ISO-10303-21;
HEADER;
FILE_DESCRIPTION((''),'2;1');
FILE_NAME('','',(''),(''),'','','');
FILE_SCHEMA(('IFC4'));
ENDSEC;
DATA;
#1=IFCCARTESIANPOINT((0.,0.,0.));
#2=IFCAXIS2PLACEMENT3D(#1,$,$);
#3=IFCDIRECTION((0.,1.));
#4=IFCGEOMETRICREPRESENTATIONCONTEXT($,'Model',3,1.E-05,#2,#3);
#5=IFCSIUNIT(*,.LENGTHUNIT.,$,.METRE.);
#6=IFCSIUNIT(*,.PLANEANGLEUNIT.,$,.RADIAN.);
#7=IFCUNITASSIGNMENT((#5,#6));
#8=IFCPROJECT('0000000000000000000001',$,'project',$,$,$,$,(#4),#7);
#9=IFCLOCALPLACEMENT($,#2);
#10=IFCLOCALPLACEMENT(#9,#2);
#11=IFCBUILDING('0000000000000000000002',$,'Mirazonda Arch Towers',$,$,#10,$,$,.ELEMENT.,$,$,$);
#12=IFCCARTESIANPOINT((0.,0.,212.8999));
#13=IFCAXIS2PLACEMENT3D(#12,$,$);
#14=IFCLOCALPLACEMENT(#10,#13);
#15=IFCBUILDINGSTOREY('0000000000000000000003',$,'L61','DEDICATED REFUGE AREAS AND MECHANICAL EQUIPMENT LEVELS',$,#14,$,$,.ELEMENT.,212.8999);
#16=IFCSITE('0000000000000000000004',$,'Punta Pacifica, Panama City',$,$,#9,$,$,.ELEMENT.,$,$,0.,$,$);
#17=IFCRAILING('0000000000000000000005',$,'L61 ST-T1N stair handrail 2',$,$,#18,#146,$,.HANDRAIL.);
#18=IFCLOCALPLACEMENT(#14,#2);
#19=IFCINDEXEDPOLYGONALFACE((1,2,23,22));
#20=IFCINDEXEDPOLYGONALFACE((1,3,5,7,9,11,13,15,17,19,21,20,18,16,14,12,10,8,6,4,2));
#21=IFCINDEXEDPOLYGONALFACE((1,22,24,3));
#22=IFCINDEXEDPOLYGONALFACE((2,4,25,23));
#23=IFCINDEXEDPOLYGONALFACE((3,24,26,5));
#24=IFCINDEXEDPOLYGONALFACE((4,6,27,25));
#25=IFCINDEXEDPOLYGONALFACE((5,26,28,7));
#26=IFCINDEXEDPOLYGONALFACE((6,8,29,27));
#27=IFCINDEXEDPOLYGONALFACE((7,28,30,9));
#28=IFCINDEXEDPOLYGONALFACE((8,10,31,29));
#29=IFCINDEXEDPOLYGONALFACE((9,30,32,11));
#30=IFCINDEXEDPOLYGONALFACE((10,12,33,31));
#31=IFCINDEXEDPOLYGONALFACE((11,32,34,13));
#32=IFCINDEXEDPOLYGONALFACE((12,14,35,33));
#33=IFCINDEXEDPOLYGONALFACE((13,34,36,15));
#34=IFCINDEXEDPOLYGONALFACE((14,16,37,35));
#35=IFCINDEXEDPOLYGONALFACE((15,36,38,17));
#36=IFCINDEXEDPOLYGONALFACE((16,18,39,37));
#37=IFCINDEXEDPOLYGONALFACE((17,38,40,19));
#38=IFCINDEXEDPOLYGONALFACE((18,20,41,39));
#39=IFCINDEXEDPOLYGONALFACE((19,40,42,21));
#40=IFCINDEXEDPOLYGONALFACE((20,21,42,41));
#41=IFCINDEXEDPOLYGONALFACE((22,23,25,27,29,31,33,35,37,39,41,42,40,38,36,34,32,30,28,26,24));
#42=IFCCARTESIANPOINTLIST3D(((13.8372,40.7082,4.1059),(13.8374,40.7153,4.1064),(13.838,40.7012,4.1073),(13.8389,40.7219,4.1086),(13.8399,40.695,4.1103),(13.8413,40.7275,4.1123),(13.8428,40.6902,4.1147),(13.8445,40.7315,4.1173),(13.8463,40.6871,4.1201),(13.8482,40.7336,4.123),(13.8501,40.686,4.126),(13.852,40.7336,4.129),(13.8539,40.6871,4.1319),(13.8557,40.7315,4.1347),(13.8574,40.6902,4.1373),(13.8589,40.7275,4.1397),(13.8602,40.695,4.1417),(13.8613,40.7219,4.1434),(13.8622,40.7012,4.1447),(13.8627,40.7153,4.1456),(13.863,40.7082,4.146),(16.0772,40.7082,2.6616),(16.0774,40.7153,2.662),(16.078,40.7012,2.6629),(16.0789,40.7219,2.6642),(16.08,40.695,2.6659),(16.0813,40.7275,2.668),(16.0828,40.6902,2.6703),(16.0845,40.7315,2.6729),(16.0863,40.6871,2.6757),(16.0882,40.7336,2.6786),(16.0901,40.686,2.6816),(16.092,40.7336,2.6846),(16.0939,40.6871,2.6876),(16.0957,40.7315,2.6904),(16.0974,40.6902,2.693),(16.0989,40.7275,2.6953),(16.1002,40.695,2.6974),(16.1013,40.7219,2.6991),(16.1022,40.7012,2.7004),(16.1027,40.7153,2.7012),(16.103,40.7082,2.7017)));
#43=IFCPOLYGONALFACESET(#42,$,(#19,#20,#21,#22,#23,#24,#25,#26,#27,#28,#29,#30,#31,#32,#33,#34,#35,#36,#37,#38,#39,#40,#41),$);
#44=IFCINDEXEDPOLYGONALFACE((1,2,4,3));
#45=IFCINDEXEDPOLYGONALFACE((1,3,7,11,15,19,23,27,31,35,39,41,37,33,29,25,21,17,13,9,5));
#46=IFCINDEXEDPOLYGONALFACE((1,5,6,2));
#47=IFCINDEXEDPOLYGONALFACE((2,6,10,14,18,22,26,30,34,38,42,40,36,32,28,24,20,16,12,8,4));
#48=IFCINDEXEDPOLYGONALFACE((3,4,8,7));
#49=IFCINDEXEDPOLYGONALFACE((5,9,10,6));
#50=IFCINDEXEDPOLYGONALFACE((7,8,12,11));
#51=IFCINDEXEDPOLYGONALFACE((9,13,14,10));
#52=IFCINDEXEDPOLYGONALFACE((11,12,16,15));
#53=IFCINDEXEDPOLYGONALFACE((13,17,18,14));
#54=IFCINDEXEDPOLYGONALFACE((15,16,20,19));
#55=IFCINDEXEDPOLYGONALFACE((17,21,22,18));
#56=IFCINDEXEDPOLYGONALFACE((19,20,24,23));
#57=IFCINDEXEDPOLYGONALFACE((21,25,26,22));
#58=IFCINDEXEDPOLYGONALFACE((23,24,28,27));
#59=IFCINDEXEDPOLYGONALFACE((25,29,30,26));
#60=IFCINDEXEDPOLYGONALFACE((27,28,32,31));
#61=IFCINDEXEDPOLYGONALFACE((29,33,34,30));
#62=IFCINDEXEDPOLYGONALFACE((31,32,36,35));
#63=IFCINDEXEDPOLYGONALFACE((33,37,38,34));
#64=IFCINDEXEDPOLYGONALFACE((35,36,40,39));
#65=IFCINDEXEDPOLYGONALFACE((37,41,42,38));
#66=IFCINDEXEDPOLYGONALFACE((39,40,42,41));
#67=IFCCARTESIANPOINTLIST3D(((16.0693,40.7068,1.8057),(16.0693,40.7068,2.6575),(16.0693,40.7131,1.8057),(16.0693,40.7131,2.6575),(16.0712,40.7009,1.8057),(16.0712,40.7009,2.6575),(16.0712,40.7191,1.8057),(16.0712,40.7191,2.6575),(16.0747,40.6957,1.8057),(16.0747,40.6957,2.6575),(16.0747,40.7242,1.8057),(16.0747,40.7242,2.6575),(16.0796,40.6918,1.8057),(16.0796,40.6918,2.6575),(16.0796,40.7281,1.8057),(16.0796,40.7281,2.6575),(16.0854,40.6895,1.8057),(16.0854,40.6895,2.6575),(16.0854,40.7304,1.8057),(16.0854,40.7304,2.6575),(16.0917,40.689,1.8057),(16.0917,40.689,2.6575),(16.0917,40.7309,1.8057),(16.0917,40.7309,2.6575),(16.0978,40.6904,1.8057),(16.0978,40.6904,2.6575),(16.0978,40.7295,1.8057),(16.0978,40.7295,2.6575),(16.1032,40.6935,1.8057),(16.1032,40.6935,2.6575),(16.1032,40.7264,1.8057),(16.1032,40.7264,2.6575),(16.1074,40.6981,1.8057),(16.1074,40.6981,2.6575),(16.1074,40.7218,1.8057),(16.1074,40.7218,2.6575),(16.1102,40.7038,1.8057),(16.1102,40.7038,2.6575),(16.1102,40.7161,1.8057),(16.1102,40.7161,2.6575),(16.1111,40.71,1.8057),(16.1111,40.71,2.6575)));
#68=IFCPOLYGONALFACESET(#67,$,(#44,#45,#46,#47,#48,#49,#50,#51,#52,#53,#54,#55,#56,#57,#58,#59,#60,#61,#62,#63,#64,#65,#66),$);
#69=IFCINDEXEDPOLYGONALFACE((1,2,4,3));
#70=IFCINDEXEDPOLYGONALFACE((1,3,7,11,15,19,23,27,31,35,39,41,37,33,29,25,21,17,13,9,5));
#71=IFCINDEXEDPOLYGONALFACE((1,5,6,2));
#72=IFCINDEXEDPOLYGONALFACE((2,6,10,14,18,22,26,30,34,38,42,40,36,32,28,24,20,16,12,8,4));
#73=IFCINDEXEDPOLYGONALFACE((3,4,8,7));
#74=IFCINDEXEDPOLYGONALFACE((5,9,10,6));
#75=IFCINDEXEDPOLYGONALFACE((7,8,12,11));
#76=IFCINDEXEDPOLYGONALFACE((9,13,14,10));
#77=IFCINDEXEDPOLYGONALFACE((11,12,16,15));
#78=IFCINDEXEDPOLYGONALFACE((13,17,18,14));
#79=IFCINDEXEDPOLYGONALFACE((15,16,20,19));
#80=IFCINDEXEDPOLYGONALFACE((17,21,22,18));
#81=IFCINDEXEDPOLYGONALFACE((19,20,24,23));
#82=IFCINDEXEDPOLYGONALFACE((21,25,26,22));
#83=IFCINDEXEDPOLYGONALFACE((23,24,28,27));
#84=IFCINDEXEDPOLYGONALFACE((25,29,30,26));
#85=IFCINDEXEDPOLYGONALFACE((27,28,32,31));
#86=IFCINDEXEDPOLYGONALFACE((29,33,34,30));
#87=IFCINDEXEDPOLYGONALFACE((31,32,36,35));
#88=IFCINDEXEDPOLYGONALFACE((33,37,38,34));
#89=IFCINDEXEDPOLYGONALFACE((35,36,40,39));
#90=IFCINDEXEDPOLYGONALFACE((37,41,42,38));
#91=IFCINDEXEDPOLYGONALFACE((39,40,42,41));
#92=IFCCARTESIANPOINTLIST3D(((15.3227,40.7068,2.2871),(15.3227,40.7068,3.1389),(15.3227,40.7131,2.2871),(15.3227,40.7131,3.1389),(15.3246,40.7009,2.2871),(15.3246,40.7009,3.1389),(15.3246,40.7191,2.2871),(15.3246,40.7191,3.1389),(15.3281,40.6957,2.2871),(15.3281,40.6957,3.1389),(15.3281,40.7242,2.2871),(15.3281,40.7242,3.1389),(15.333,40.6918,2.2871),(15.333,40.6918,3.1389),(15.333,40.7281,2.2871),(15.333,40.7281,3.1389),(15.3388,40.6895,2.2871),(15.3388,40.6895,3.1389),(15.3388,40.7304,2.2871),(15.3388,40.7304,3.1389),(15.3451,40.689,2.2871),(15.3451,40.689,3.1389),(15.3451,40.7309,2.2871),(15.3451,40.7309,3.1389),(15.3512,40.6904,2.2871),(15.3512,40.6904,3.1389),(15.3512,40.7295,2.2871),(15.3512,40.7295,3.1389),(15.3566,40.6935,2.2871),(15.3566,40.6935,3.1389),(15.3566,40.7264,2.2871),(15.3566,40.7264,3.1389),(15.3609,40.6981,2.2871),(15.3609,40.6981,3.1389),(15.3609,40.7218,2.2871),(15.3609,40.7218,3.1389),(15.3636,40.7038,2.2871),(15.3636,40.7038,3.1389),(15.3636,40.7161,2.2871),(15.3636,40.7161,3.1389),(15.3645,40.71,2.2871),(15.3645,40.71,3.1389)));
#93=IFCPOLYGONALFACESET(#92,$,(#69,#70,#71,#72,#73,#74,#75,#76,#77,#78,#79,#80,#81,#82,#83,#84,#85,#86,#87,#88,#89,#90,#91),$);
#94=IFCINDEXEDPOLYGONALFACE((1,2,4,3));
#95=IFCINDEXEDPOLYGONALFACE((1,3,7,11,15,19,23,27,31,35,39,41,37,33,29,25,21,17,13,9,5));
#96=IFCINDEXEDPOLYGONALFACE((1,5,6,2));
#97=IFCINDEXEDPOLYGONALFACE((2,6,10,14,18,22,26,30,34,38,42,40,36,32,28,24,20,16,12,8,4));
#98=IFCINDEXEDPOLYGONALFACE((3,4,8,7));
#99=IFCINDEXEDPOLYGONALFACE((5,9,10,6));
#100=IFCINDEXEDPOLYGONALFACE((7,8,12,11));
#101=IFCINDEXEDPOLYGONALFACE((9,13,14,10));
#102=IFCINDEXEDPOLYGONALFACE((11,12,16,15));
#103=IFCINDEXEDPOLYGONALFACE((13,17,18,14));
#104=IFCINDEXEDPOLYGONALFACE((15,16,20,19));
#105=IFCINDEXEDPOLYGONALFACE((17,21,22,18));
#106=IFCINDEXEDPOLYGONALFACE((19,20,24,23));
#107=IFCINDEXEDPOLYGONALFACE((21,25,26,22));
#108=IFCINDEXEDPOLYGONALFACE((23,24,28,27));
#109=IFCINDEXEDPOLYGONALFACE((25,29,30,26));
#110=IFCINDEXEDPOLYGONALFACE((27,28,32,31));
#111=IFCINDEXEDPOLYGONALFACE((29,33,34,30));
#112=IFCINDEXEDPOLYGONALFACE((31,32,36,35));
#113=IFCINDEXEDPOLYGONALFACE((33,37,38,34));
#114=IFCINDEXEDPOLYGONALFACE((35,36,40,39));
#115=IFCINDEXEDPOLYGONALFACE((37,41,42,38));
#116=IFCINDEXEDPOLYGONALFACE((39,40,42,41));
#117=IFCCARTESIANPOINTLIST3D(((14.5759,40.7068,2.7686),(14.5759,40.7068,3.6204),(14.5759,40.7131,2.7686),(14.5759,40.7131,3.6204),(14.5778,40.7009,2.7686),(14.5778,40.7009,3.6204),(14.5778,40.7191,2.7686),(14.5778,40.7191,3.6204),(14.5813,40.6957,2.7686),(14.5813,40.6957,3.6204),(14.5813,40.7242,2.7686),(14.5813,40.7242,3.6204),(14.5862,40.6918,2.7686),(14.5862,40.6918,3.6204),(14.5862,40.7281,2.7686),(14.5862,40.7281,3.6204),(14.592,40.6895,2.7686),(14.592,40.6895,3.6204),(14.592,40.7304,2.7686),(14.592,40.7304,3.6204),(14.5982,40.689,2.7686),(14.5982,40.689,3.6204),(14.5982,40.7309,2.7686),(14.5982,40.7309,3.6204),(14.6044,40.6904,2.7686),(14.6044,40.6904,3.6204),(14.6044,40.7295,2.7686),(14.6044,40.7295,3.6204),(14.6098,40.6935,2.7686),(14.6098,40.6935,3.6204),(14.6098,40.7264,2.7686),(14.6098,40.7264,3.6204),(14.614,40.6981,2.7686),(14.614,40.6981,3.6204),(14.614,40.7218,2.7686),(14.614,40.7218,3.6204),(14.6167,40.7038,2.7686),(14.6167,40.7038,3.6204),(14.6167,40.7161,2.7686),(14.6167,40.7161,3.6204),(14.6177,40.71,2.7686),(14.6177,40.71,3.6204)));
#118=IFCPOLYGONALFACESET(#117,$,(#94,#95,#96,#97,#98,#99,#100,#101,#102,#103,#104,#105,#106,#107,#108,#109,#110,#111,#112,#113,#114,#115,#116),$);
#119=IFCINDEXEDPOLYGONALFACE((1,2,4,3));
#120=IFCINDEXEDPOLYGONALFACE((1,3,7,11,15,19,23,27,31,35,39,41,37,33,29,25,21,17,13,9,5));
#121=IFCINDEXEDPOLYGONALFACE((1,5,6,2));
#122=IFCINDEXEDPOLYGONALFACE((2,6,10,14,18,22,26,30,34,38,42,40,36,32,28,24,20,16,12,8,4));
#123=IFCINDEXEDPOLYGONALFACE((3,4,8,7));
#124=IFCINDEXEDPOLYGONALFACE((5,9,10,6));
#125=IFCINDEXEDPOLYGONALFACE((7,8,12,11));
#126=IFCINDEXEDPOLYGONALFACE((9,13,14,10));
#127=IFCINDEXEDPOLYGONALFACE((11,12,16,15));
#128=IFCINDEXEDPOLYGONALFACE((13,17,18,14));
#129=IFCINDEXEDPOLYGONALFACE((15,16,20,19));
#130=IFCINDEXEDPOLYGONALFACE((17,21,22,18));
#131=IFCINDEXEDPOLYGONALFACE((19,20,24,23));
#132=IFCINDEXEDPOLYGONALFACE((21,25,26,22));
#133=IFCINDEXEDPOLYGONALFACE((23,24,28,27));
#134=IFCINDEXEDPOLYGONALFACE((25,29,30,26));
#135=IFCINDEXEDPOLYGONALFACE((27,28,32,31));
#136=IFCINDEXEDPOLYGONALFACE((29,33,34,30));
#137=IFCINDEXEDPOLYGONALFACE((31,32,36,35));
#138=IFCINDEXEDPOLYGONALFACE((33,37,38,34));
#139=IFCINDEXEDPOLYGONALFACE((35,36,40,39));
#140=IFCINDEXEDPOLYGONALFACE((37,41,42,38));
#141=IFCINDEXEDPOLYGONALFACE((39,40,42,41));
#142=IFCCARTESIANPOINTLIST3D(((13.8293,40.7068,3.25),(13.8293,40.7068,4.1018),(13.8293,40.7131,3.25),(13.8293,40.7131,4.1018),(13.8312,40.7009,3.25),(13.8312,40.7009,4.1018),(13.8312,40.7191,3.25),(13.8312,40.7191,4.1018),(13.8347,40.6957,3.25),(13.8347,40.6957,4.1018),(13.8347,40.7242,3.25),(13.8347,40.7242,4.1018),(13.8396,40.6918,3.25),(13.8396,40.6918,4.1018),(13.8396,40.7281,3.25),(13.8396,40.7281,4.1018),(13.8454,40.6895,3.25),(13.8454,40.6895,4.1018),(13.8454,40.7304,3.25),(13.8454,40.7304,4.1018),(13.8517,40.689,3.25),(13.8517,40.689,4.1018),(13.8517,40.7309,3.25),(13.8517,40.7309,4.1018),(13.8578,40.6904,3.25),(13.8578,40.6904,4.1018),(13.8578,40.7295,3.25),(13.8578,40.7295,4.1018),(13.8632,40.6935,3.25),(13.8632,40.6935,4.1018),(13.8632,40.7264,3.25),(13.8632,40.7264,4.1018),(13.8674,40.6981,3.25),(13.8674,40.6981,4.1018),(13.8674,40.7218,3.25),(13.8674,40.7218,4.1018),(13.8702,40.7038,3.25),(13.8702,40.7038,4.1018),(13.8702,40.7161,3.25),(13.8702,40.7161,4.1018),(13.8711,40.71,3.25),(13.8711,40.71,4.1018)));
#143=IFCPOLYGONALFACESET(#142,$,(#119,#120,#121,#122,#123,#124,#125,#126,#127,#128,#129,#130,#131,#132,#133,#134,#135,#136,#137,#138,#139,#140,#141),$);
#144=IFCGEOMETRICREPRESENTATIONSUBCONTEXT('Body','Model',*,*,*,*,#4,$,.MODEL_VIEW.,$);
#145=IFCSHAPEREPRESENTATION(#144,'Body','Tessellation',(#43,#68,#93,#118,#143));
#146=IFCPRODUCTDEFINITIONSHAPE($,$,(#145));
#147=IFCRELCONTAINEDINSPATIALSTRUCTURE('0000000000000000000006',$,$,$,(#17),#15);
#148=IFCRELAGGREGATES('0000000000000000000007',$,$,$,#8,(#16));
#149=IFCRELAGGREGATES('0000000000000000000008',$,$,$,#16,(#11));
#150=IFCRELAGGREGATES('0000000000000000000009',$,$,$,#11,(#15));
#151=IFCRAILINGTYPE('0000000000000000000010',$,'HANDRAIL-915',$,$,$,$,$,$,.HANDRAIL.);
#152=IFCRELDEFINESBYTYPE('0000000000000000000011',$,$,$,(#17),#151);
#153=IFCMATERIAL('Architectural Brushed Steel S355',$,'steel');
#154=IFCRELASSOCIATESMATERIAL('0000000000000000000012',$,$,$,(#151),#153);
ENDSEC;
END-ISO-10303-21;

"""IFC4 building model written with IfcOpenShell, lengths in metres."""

from ifc_helpers import new_model, si_unit, direction, frame, origin, origin_2d, place, context, subcontext, project, spatial, circle, extrude, material, type_object, element, save


model = new_model("IFC4")

# Units and contexts
model_context = context("Model", 3, precision=1e-05, world=origin(), true_north=direction((0.0, 1.0)))
body_context = subcontext(model_context, "Body", "Model", "MODEL_VIEW")
ifc_project = project(units=[si_unit("LENGTHUNIT", "METRE"), si_unit("PLANEANGLEUNIT", "RADIAN")], contexts=[model_context])

# Site, building, storey
site_placement = place(None, origin())
site = spatial("IfcSite", under=ifc_project, at=site_placement, Name="Punta Pacifica, Panama City", CompositionType="ELEMENT", RefElevation=0.0)
building_placement = place(site_placement, origin())
building = spatial("IfcBuilding", under=site, at=building_placement, Name="Mirazonda Arch Towers", CompositionType="ELEMENT")
storey_placement = place(building_placement, frame((0.0, 0.0, 212.8999)))
storey = spatial("IfcBuildingStorey", under=building, at=storey_placement, Name="L61", Description="DEDICATED REFUGE AREAS AND MECHANICAL EQUIPMENT LEVELS", CompositionType="ELEMENT", Elevation=212.8999)

# Railing
ifc_material_1 = material(Name="Architectural Brushed Steel S355", Category="steel")
railing_type_1 = type_object("IfcRailingType", Name="HANDRAIL-915", PredefinedType="HANDRAIL", material=ifc_material_1)
railing_1_placement = place(storey_placement, frame((16.0901, 40.71, 1.8057)))
element("IfcRailing", 1, at=railing_1_placement, inside=storey, type_object=railing_type_1, Name="L61 ST-T1N stair handrail 2", PredefinedType="HANDRAIL", context=body_context, shape_type="SweptSolid", body=[
    extrude(circle(Radius=0.0239, at=origin_2d()), frame((0.0, 0.0, 0.876), z_axis=(-0.840437, 0.0, 0.54191), x_axis=(0.0, -1.0, 0.0)), (0.0, 0.0, 1.0), 2.6653),
    extrude(circle(Radius=0.021, at=origin_2d()), origin(), (0.0, 0.0, 1.0), 0.8518),
    extrude(circle(Radius=0.021, at=origin_2d()), frame((-0.7466, 0.0, 0.4814)), (0.0, 0.0, 1.0), 0.8518),
    extrude(circle(Radius=0.021, at=origin_2d()), frame((-1.4934, 0.0, 0.9629)), (0.0, 0.0, 1.0), 0.8518),
    extrude(circle(Radius=0.021, at=origin_2d()), frame((-2.24, 0.0, 1.4443)), (0.0, 0.0, 1.0), 0.8518),
])

save(model, "model.ifc")
